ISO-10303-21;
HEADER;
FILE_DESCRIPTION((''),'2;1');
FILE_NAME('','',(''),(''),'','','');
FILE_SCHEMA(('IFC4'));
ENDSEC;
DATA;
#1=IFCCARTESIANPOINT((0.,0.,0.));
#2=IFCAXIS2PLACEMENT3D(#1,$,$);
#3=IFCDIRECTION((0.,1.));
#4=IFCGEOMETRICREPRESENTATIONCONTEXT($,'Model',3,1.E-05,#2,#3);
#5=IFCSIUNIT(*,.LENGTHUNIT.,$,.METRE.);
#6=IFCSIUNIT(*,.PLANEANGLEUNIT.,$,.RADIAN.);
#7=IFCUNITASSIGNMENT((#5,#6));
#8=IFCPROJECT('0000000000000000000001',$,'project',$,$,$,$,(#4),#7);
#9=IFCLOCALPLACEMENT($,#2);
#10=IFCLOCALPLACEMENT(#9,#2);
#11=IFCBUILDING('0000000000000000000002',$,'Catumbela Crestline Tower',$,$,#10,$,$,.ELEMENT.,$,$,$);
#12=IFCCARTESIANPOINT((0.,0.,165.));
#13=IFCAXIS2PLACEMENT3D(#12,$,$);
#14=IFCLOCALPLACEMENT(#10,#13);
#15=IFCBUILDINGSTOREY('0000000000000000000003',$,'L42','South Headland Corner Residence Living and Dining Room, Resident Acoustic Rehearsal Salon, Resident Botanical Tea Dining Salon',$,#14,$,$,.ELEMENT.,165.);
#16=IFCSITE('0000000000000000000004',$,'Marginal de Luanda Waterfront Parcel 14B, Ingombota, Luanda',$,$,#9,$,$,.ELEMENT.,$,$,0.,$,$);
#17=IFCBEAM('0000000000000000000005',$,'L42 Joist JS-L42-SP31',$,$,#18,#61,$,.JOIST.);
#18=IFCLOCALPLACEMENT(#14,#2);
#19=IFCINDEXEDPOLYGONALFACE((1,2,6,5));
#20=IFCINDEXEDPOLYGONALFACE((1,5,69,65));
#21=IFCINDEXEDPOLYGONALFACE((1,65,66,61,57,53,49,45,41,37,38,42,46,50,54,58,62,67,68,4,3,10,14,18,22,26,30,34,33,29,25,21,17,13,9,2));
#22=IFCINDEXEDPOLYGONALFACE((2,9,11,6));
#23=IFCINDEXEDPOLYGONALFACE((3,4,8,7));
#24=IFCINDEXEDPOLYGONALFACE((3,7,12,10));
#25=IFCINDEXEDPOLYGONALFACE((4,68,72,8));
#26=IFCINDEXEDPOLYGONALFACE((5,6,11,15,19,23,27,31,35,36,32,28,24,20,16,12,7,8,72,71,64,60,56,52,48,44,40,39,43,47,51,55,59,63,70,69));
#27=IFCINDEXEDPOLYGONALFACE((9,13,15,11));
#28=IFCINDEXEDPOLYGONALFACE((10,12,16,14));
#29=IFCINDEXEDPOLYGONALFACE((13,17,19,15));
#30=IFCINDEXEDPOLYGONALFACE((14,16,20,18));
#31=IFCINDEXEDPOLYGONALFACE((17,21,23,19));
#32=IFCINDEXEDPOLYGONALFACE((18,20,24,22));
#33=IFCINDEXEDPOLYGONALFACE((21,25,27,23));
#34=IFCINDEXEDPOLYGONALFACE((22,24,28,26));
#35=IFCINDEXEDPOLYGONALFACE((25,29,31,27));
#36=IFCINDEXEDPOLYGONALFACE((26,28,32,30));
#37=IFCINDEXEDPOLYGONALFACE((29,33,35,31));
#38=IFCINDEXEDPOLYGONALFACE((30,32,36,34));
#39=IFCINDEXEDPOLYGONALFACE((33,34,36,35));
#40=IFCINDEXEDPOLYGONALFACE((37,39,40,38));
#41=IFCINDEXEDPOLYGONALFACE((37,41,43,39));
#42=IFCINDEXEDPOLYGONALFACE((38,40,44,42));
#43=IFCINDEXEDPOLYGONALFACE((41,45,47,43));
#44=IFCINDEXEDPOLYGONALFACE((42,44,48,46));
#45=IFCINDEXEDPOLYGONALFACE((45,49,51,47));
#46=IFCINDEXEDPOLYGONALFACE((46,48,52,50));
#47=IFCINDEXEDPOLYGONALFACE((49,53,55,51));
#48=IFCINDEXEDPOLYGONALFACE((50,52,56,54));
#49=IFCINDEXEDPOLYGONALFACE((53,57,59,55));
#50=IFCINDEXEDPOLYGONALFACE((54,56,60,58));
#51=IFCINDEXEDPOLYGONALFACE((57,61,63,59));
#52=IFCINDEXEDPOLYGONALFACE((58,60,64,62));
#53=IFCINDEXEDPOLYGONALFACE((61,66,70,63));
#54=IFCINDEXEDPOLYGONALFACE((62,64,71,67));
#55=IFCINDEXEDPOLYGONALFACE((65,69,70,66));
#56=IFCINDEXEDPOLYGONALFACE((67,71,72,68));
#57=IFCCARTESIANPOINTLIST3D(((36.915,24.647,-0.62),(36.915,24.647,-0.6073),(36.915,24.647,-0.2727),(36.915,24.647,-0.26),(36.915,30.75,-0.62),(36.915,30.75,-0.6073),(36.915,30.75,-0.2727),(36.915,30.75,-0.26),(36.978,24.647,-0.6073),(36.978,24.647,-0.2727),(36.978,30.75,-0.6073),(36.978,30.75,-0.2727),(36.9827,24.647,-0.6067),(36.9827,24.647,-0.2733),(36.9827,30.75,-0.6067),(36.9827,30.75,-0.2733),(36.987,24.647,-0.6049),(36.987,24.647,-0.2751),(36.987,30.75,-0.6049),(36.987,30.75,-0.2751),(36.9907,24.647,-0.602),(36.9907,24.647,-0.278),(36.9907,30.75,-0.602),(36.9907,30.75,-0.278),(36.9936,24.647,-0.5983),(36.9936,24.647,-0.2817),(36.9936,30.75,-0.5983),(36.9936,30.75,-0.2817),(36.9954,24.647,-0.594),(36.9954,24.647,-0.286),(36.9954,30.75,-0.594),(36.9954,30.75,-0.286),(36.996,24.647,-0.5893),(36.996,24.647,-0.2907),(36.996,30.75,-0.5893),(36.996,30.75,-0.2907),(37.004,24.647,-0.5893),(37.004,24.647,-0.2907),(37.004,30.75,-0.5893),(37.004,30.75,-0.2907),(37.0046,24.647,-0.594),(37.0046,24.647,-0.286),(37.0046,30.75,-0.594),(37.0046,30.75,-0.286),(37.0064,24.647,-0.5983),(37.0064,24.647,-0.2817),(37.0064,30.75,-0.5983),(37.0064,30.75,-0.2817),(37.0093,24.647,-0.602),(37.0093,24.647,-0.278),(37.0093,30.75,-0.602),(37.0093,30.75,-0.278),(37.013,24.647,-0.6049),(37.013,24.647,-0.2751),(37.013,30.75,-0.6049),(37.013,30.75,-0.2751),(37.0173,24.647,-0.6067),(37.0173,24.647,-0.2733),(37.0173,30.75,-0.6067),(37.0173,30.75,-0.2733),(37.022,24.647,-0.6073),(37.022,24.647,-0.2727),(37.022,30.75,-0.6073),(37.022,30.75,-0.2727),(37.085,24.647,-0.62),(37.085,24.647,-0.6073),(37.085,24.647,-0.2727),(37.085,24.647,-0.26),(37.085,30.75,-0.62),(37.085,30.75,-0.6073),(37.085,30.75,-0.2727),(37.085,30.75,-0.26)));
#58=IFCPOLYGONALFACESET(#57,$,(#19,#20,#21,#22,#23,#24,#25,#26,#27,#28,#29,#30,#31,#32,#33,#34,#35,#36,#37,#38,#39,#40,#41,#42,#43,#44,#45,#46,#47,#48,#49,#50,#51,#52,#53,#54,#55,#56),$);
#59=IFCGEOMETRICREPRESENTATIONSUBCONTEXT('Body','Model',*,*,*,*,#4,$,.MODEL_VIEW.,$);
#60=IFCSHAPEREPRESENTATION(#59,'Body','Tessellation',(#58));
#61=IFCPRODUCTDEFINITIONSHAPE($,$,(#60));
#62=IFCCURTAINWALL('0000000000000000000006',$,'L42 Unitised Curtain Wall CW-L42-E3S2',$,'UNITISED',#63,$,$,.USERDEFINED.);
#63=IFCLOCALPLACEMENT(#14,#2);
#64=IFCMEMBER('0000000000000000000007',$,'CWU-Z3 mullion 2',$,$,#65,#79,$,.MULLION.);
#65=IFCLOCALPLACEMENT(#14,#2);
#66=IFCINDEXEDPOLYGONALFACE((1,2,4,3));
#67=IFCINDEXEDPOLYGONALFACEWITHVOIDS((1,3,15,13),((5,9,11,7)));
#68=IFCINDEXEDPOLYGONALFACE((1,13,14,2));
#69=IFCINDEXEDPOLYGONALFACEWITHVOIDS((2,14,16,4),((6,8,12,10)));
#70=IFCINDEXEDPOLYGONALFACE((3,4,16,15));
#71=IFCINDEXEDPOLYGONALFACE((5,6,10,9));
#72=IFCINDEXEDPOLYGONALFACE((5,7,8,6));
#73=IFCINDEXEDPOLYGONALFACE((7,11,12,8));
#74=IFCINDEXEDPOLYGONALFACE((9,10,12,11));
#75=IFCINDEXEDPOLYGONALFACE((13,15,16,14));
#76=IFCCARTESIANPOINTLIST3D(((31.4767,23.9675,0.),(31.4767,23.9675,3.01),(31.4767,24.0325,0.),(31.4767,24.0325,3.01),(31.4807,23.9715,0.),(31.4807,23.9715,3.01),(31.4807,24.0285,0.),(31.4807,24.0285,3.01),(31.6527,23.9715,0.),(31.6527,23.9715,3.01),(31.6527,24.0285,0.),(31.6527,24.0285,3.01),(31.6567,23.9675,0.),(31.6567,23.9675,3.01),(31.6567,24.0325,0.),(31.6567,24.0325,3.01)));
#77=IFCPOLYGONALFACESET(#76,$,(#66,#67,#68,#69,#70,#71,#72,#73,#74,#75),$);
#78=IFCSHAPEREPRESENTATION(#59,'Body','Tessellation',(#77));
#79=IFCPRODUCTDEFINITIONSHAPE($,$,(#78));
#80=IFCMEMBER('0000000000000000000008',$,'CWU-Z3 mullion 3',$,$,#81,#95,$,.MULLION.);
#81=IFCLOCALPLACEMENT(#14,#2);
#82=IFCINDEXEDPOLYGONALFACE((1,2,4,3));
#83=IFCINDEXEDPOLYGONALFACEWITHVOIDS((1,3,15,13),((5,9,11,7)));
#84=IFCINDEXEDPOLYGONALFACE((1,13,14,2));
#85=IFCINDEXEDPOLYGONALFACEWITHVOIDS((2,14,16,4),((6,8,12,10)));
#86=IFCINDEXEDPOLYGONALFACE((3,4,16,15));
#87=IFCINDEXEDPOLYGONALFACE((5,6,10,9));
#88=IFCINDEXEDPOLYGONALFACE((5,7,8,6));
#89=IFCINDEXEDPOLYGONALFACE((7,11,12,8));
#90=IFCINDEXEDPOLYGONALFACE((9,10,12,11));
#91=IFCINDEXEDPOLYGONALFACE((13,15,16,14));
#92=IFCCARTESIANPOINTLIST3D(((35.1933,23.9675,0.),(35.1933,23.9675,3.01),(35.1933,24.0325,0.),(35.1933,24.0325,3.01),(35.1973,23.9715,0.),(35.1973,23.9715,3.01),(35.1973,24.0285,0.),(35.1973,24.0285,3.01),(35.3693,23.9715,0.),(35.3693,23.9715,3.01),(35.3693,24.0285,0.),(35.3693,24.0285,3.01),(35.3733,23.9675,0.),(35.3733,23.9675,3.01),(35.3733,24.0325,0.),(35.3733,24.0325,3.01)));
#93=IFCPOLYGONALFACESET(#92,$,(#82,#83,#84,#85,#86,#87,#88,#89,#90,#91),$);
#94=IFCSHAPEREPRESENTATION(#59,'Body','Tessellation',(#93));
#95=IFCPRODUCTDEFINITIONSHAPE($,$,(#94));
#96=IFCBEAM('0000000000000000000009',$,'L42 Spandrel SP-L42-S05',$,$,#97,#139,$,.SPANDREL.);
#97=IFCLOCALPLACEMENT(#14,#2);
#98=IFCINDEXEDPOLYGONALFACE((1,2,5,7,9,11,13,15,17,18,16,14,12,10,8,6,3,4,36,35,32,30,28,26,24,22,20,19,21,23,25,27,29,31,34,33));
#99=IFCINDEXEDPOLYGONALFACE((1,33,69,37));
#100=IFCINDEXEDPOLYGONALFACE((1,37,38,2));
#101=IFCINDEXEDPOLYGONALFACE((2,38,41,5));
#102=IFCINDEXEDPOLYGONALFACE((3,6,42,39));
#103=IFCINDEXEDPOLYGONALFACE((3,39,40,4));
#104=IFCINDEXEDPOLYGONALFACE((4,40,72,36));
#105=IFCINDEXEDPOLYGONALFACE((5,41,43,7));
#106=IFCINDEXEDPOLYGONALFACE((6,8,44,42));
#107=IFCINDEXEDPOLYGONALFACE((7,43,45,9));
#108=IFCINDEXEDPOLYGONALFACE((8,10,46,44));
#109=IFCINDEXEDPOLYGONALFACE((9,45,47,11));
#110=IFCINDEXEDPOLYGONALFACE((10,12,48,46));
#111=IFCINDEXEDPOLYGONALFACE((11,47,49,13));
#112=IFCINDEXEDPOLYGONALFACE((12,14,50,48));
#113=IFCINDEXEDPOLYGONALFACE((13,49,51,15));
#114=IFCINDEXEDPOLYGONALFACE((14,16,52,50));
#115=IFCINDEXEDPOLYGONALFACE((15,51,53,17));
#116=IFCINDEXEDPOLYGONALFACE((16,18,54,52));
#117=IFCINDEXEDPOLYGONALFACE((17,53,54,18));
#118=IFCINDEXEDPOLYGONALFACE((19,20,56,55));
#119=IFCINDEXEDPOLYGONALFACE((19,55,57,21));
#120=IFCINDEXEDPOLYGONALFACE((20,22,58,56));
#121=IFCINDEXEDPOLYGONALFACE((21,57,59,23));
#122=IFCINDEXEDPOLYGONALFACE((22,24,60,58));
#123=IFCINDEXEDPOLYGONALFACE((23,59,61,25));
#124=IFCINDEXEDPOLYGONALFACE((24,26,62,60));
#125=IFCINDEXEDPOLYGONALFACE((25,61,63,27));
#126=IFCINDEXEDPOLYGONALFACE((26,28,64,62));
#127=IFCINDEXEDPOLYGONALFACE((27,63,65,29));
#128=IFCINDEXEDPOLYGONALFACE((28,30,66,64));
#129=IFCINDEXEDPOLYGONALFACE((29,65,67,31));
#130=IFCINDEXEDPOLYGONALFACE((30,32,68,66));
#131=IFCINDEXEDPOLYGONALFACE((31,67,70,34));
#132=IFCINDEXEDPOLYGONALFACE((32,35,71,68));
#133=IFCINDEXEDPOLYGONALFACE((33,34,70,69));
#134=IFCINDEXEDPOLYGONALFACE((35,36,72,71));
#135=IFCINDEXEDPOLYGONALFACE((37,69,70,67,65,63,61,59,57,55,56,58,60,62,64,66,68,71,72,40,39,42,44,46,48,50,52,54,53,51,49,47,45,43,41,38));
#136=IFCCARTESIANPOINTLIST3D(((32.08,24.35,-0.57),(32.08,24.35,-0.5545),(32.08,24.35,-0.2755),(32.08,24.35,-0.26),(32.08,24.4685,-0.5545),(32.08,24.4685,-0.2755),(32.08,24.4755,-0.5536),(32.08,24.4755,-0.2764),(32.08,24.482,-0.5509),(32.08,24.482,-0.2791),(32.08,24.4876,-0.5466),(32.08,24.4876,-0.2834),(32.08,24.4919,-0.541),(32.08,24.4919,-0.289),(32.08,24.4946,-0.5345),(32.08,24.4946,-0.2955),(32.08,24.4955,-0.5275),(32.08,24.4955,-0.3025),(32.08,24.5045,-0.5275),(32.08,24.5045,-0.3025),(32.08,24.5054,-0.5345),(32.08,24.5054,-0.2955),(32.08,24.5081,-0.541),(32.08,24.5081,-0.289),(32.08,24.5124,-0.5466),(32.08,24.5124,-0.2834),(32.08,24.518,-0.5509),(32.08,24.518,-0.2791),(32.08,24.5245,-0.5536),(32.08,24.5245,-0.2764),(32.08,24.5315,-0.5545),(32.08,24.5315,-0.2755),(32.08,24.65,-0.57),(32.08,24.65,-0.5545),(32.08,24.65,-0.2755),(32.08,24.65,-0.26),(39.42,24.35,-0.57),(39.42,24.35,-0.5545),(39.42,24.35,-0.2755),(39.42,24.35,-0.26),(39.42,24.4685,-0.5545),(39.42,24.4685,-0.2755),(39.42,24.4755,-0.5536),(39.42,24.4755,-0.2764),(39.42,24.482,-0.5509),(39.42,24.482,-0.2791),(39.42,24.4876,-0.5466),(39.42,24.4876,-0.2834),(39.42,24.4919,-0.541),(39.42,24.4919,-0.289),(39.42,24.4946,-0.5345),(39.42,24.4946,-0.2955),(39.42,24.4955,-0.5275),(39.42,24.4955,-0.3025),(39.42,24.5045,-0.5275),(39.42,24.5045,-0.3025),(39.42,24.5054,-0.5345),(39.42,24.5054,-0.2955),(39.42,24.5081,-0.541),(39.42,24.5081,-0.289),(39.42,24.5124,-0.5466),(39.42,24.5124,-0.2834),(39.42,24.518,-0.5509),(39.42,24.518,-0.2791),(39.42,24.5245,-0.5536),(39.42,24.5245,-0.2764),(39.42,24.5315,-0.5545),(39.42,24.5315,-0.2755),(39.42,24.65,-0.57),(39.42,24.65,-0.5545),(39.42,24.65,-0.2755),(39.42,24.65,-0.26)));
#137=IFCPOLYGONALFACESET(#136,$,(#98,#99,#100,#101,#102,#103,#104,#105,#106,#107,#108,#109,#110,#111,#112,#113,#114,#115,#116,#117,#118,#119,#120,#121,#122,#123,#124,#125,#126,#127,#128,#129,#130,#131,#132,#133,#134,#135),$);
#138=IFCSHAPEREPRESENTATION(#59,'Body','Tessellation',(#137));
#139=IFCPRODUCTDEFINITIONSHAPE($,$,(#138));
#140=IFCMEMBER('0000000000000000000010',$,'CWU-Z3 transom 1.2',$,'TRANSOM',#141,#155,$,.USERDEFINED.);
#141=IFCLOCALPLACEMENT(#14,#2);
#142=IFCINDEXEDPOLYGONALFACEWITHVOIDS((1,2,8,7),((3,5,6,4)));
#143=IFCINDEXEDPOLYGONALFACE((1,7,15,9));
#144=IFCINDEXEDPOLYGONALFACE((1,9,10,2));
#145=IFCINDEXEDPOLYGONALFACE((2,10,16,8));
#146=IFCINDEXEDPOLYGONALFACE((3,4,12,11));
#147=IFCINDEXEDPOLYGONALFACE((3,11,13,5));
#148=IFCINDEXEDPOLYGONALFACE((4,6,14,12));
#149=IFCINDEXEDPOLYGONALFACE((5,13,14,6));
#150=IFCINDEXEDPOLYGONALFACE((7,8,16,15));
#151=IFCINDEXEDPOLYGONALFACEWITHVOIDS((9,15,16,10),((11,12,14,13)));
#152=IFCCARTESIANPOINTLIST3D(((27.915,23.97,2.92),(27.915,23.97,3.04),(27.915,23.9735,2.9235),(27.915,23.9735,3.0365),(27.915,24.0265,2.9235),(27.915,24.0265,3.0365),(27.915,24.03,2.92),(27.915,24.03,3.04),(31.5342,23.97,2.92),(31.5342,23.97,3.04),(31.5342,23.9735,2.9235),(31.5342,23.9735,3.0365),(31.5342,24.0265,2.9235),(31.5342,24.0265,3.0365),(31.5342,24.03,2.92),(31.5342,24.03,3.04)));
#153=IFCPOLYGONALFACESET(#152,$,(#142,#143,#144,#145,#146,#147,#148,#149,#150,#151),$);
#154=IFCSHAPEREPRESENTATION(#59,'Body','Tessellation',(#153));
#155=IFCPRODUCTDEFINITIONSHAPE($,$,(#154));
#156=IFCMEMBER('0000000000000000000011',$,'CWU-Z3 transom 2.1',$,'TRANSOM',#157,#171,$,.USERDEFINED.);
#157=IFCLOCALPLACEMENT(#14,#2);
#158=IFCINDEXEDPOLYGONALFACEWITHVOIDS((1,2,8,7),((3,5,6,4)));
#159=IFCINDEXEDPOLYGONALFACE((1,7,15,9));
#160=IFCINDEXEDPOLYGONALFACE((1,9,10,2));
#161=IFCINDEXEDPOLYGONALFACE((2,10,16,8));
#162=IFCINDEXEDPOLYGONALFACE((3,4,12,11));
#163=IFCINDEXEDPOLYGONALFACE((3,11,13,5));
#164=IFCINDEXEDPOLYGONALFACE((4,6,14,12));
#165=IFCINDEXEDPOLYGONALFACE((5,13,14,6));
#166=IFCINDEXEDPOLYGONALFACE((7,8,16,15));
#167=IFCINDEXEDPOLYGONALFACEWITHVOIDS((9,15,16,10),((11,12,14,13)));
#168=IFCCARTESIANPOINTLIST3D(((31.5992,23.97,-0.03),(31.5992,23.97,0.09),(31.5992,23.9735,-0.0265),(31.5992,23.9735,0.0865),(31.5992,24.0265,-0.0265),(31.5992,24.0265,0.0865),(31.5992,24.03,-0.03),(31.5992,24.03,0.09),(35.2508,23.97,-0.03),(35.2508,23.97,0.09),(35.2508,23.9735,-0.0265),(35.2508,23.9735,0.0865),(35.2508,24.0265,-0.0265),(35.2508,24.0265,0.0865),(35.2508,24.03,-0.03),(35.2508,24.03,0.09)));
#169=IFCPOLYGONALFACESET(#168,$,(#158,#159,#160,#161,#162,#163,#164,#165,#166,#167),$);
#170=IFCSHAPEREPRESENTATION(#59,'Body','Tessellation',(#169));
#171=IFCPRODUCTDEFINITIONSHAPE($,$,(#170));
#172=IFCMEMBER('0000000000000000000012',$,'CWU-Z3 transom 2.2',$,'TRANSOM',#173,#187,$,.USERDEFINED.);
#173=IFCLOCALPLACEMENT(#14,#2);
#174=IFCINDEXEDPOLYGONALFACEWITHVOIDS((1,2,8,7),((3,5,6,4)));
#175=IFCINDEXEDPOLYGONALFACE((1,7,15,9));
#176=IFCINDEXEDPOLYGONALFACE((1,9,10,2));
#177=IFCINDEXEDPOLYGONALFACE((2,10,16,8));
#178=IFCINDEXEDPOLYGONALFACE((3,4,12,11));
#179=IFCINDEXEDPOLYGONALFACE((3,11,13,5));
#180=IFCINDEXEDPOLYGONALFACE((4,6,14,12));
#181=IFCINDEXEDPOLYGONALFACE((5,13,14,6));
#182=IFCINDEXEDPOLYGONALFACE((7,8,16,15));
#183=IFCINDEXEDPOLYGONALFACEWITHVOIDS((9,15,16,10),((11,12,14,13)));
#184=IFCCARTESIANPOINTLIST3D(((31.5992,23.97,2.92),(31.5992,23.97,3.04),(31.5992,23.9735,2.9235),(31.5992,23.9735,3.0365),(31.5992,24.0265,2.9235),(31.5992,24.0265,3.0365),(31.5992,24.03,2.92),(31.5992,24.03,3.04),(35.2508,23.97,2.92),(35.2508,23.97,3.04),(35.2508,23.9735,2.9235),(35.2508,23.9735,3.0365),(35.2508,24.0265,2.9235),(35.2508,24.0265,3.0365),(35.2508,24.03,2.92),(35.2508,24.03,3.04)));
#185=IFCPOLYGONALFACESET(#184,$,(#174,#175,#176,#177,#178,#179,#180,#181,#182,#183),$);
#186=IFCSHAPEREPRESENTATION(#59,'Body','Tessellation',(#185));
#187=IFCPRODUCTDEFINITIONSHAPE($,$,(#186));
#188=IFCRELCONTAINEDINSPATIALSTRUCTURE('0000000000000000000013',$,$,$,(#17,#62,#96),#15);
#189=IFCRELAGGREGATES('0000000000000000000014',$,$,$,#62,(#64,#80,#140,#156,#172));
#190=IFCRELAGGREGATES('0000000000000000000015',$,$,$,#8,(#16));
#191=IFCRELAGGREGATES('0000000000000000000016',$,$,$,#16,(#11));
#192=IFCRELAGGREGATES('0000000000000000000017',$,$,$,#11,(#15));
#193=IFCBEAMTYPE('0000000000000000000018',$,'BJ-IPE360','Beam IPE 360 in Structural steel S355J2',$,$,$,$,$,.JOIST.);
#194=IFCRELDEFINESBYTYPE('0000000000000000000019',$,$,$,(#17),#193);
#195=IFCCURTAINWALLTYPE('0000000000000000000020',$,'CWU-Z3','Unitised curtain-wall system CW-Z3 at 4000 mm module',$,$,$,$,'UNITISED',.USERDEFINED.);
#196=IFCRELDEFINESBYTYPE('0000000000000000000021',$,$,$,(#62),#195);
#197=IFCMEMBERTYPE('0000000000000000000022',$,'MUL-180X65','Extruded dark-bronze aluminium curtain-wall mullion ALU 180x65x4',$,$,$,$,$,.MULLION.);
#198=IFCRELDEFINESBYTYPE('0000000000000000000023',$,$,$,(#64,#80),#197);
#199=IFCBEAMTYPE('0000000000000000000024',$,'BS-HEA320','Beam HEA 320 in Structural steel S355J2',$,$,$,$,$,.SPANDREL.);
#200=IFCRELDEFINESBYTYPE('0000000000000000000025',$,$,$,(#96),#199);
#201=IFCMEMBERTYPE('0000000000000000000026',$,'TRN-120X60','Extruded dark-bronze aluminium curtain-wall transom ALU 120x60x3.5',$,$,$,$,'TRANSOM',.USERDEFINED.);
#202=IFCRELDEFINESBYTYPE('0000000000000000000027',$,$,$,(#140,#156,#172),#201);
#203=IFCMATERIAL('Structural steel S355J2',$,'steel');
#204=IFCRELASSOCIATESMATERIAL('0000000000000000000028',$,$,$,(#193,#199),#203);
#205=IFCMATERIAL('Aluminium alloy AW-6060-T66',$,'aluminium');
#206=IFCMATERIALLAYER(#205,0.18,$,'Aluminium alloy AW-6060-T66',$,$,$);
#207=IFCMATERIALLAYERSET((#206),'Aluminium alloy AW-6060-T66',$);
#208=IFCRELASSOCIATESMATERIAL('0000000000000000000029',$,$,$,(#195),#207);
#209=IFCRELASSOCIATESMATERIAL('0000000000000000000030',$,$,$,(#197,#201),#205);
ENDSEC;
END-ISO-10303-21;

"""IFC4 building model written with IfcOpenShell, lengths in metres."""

from ifc_helpers import new_model, si_unit, direction, frame, origin, origin_2d, place, context, subcontext, project, spatial, hollow_rectangle, i_section, extrude, material, layer, layer_set, material_profile, profile_set, type_object, element, aggregate, save


model = new_model("IFC4")

# Units and contexts
model_context = context("Model", 3, precision=1e-05, world=origin(), true_north=direction((0.0, 1.0)))
body_context = subcontext(model_context, "Body", "Model", "MODEL_VIEW")
ifc_project = project(units=[si_unit("LENGTHUNIT", "METRE"), si_unit("PLANEANGLEUNIT", "RADIAN")], contexts=[model_context])

# Site, building, storey
site_placement = place(None, origin())
site = spatial("IfcSite", under=ifc_project, at=site_placement, Name="Marginal de Luanda Waterfront Parcel 14B, Ingombota, Luanda", CompositionType="ELEMENT", RefElevation=0.0)
building_placement = place(site_placement, origin())
building = spatial("IfcBuilding", under=site, at=building_placement, Name="Catumbela Crestline Tower", CompositionType="ELEMENT")
storey_placement = place(building_placement, frame((0.0, 0.0, 165.0)))
storey = spatial("IfcBuildingStorey", under=building, at=storey_placement, Name="L42", Description="South Headland Corner Residence Living and Dining Room, Resident Acoustic Rehearsal Salon, Resident Botanical Tea Dining Salon", CompositionType="ELEMENT", Elevation=165.0)

# Beam
ifc_material_1 = material(Name="Structural steel S355J2", Category="steel")
ifc_material_profile_1 = material_profile(ifc_material_1, i_section(OverallWidth=0.17, OverallDepth=0.36, WebThickness=0.008, FlangeThickness=0.0127, FilletRadius=0.018, at=origin_2d()), Name="IPE 360")
ifc_profile_set_1 = profile_set([ifc_material_profile_1], Name="Structural steel S355J2")
beam_type_1 = type_object("IfcBeamType", Name="BJ-IPE360", Description="Beam IPE 360 in Structural steel S355J2", PredefinedType="JOIST", material=ifc_profile_set_1)
for number, where, z_axis, x_axis, name in (
    (1, (37.0, 24.647, -0.44), (0.0, 1.0, 0.0), (-1.0, 0.0, 0.0), "L42 Joist JS-L42-SP31"),
):
    element("IfcBeam", number, at=place(storey_placement, frame(where, z_axis=z_axis, x_axis=x_axis)), inside=storey, type_object=beam_type_1, Name=name, PredefinedType="JOIST", context=body_context, shape_type="SweptSolid", body=[
        extrude(i_section(OverallWidth=0.17, OverallDepth=0.36, WebThickness=0.008, FlangeThickness=0.0127, FilletRadius=0.018, at=origin_2d()), origin(), (0.0, 0.0, 1.0), 6.103),
    ])

# Curtain wall, members
ifc_material_2 = material(Name="Aluminium alloy AW-6060-T66", Category="aluminium")
ifc_layer_1 = layer(ifc_material_2, 0.18, Name="Aluminium alloy AW-6060-T66")
ifc_layer_set_1 = layer_set([ifc_layer_1], Name="Aluminium alloy AW-6060-T66")
curtain_wall_type = type_object("IfcCurtainWallType", Name="CWU-Z3", Description="Unitised curtain-wall system CW-Z3 at 4000 mm module", ElementType="UNITISED", PredefinedType="USERDEFINED", material=ifc_layer_set_1)
curtain_wall_placement = place(storey_placement, origin())
curtain_wall = element("IfcCurtainWall", 2, at=curtain_wall_placement, inside=storey, type_object=curtain_wall_type, Name="L42 Unitised Curtain Wall CW-L42-E3S2", ObjectType="UNITISED", PredefinedType="USERDEFINED")
ifc_material_profile_2 = material_profile(ifc_material_2, hollow_rectangle(XDim=0.065, YDim=0.18, WallThickness=0.004, at=origin_2d()), Name="ALU 180x65x4")
ifc_profile_set_2 = profile_set([ifc_material_profile_2], Name="Aluminium alloy AW-6060-T66")
member_type_1 = type_object("IfcMemberType", Name="MUL-180X65", Description="Extruded dark-bronze aluminium curtain-wall mullion ALU 180x65x4", PredefinedType="MULLION", material=ifc_profile_set_2)
member_1_placement = place(storey_placement, frame((31.5667, 24.0, 0.0), z_axis=(0.0, 0.0, 1.0), x_axis=(0.0, 1.0, 0.0)))
member_1 = element("IfcMember", 3, at=member_1_placement, type_object=member_type_1, Name="CWU-Z3 mullion 2", PredefinedType="MULLION", context=body_context, shape_type="SweptSolid", body=[
    extrude(hollow_rectangle(XDim=0.065, YDim=0.18, WallThickness=0.004, at=origin_2d()), origin(), (0.0, 0.0, 1.0), 3.01),
])
member_2_placement = place(storey_placement, frame((35.2833, 24.0, 0.0), z_axis=(0.0, 0.0, 1.0), x_axis=(0.0, 1.0, 0.0)))
member_2 = element("IfcMember", 4, at=member_2_placement, type_object=member_type_1, Name="CWU-Z3 mullion 3", PredefinedType="MULLION", context=body_context, shape_type="SweptSolid", body=[
    extrude(hollow_rectangle(XDim=0.065, YDim=0.18, WallThickness=0.004, at=origin_2d()), origin(), (0.0, 0.0, 1.0), 3.01),
])

# Beam
ifc_material_profile_3 = material_profile(ifc_material_1, i_section(OverallWidth=0.3, OverallDepth=0.31, WebThickness=0.009, FlangeThickness=0.0155, FilletRadius=0.027, at=origin_2d()), Name="HEA 320")
ifc_profile_set_3 = profile_set([ifc_material_profile_3], Name="Structural steel S355J2")
beam_type_2 = type_object("IfcBeamType", Name="BS-HEA320", Description="Beam HEA 320 in Structural steel S355J2", PredefinedType="SPANDREL", material=ifc_profile_set_3)
beam_1_placement = place(storey_placement, frame((32.08, 24.5, -0.415), z_axis=(1.0, 0.0, 0.0), x_axis=(0.0, 1.0, 0.0)))
element("IfcBeam", 5, at=beam_1_placement, inside=storey, type_object=beam_type_2, Name="L42 Spandrel SP-L42-S05", PredefinedType="SPANDREL", context=body_context, shape_type="SweptSolid", body=[
    extrude(i_section(OverallWidth=0.3, OverallDepth=0.31, WebThickness=0.009, FlangeThickness=0.0155, FilletRadius=0.027, at=origin_2d()), origin(), (0.0, 0.0, 1.0), 7.34),
])

# Members
ifc_material_profile_4 = material_profile(ifc_material_2, hollow_rectangle(XDim=0.06, YDim=0.12, WallThickness=0.0035, at=origin_2d()), Name="ALU 120x60x3.5")
ifc_profile_set_4 = profile_set([ifc_material_profile_4], Name="Aluminium alloy AW-6060-T66")
member_type_2 = type_object("IfcMemberType", Name="TRN-120X60", Description="Extruded dark-bronze aluminium curtain-wall transom ALU 120x60x3.5", ElementType="TRANSOM", PredefinedType="USERDEFINED", material=ifc_profile_set_4)
member_3_placement = place(storey_placement, frame((27.915, 24.0, 2.98), z_axis=(1.0, 0.0, 0.0), x_axis=(0.0, 1.0, 0.0)))
member_3 = element("IfcMember", 6, at=member_3_placement, type_object=member_type_2, Name="CWU-Z3 transom 1.2", ObjectType="TRANSOM", PredefinedType="USERDEFINED", context=body_context, shape_type="SweptSolid", body=[
    extrude(hollow_rectangle(XDim=0.06, YDim=0.12, WallThickness=0.0035, at=origin_2d()), origin(), (0.0, 0.0, 1.0), 3.6192),
])
member_4_placement = place(storey_placement, frame((31.5992, 24.0, 0.03), z_axis=(1.0, 0.0, 0.0), x_axis=(0.0, 1.0, 0.0)))
member_4 = element("IfcMember", 7, at=member_4_placement, type_object=member_type_2, Name="CWU-Z3 transom 2.1", ObjectType="TRANSOM", PredefinedType="USERDEFINED", context=body_context, shape_type="SweptSolid", body=[
    extrude(hollow_rectangle(XDim=0.06, YDim=0.12, WallThickness=0.0035, at=origin_2d()), origin(), (0.0, 0.0, 1.0), 3.6516),
])
member_5_placement = place(storey_placement, frame((31.5992, 24.0, 2.98), z_axis=(1.0, 0.0, 0.0), x_axis=(0.0, 1.0, 0.0)))
member_5 = element("IfcMember", 8, at=member_5_placement, type_object=member_type_2, Name="CWU-Z3 transom 2.2", ObjectType="TRANSOM", PredefinedType="USERDEFINED", context=body_context, shape_type="SweptSolid", body=[
    extrude(hollow_rectangle(XDim=0.06, YDim=0.12, WallThickness=0.0035, at=origin_2d()), origin(), (0.0, 0.0, 1.0), 3.6516),
])

aggregate(curtain_wall, [member_1, member_2, member_3, member_4, member_5])

save(model, "model.ifc")
